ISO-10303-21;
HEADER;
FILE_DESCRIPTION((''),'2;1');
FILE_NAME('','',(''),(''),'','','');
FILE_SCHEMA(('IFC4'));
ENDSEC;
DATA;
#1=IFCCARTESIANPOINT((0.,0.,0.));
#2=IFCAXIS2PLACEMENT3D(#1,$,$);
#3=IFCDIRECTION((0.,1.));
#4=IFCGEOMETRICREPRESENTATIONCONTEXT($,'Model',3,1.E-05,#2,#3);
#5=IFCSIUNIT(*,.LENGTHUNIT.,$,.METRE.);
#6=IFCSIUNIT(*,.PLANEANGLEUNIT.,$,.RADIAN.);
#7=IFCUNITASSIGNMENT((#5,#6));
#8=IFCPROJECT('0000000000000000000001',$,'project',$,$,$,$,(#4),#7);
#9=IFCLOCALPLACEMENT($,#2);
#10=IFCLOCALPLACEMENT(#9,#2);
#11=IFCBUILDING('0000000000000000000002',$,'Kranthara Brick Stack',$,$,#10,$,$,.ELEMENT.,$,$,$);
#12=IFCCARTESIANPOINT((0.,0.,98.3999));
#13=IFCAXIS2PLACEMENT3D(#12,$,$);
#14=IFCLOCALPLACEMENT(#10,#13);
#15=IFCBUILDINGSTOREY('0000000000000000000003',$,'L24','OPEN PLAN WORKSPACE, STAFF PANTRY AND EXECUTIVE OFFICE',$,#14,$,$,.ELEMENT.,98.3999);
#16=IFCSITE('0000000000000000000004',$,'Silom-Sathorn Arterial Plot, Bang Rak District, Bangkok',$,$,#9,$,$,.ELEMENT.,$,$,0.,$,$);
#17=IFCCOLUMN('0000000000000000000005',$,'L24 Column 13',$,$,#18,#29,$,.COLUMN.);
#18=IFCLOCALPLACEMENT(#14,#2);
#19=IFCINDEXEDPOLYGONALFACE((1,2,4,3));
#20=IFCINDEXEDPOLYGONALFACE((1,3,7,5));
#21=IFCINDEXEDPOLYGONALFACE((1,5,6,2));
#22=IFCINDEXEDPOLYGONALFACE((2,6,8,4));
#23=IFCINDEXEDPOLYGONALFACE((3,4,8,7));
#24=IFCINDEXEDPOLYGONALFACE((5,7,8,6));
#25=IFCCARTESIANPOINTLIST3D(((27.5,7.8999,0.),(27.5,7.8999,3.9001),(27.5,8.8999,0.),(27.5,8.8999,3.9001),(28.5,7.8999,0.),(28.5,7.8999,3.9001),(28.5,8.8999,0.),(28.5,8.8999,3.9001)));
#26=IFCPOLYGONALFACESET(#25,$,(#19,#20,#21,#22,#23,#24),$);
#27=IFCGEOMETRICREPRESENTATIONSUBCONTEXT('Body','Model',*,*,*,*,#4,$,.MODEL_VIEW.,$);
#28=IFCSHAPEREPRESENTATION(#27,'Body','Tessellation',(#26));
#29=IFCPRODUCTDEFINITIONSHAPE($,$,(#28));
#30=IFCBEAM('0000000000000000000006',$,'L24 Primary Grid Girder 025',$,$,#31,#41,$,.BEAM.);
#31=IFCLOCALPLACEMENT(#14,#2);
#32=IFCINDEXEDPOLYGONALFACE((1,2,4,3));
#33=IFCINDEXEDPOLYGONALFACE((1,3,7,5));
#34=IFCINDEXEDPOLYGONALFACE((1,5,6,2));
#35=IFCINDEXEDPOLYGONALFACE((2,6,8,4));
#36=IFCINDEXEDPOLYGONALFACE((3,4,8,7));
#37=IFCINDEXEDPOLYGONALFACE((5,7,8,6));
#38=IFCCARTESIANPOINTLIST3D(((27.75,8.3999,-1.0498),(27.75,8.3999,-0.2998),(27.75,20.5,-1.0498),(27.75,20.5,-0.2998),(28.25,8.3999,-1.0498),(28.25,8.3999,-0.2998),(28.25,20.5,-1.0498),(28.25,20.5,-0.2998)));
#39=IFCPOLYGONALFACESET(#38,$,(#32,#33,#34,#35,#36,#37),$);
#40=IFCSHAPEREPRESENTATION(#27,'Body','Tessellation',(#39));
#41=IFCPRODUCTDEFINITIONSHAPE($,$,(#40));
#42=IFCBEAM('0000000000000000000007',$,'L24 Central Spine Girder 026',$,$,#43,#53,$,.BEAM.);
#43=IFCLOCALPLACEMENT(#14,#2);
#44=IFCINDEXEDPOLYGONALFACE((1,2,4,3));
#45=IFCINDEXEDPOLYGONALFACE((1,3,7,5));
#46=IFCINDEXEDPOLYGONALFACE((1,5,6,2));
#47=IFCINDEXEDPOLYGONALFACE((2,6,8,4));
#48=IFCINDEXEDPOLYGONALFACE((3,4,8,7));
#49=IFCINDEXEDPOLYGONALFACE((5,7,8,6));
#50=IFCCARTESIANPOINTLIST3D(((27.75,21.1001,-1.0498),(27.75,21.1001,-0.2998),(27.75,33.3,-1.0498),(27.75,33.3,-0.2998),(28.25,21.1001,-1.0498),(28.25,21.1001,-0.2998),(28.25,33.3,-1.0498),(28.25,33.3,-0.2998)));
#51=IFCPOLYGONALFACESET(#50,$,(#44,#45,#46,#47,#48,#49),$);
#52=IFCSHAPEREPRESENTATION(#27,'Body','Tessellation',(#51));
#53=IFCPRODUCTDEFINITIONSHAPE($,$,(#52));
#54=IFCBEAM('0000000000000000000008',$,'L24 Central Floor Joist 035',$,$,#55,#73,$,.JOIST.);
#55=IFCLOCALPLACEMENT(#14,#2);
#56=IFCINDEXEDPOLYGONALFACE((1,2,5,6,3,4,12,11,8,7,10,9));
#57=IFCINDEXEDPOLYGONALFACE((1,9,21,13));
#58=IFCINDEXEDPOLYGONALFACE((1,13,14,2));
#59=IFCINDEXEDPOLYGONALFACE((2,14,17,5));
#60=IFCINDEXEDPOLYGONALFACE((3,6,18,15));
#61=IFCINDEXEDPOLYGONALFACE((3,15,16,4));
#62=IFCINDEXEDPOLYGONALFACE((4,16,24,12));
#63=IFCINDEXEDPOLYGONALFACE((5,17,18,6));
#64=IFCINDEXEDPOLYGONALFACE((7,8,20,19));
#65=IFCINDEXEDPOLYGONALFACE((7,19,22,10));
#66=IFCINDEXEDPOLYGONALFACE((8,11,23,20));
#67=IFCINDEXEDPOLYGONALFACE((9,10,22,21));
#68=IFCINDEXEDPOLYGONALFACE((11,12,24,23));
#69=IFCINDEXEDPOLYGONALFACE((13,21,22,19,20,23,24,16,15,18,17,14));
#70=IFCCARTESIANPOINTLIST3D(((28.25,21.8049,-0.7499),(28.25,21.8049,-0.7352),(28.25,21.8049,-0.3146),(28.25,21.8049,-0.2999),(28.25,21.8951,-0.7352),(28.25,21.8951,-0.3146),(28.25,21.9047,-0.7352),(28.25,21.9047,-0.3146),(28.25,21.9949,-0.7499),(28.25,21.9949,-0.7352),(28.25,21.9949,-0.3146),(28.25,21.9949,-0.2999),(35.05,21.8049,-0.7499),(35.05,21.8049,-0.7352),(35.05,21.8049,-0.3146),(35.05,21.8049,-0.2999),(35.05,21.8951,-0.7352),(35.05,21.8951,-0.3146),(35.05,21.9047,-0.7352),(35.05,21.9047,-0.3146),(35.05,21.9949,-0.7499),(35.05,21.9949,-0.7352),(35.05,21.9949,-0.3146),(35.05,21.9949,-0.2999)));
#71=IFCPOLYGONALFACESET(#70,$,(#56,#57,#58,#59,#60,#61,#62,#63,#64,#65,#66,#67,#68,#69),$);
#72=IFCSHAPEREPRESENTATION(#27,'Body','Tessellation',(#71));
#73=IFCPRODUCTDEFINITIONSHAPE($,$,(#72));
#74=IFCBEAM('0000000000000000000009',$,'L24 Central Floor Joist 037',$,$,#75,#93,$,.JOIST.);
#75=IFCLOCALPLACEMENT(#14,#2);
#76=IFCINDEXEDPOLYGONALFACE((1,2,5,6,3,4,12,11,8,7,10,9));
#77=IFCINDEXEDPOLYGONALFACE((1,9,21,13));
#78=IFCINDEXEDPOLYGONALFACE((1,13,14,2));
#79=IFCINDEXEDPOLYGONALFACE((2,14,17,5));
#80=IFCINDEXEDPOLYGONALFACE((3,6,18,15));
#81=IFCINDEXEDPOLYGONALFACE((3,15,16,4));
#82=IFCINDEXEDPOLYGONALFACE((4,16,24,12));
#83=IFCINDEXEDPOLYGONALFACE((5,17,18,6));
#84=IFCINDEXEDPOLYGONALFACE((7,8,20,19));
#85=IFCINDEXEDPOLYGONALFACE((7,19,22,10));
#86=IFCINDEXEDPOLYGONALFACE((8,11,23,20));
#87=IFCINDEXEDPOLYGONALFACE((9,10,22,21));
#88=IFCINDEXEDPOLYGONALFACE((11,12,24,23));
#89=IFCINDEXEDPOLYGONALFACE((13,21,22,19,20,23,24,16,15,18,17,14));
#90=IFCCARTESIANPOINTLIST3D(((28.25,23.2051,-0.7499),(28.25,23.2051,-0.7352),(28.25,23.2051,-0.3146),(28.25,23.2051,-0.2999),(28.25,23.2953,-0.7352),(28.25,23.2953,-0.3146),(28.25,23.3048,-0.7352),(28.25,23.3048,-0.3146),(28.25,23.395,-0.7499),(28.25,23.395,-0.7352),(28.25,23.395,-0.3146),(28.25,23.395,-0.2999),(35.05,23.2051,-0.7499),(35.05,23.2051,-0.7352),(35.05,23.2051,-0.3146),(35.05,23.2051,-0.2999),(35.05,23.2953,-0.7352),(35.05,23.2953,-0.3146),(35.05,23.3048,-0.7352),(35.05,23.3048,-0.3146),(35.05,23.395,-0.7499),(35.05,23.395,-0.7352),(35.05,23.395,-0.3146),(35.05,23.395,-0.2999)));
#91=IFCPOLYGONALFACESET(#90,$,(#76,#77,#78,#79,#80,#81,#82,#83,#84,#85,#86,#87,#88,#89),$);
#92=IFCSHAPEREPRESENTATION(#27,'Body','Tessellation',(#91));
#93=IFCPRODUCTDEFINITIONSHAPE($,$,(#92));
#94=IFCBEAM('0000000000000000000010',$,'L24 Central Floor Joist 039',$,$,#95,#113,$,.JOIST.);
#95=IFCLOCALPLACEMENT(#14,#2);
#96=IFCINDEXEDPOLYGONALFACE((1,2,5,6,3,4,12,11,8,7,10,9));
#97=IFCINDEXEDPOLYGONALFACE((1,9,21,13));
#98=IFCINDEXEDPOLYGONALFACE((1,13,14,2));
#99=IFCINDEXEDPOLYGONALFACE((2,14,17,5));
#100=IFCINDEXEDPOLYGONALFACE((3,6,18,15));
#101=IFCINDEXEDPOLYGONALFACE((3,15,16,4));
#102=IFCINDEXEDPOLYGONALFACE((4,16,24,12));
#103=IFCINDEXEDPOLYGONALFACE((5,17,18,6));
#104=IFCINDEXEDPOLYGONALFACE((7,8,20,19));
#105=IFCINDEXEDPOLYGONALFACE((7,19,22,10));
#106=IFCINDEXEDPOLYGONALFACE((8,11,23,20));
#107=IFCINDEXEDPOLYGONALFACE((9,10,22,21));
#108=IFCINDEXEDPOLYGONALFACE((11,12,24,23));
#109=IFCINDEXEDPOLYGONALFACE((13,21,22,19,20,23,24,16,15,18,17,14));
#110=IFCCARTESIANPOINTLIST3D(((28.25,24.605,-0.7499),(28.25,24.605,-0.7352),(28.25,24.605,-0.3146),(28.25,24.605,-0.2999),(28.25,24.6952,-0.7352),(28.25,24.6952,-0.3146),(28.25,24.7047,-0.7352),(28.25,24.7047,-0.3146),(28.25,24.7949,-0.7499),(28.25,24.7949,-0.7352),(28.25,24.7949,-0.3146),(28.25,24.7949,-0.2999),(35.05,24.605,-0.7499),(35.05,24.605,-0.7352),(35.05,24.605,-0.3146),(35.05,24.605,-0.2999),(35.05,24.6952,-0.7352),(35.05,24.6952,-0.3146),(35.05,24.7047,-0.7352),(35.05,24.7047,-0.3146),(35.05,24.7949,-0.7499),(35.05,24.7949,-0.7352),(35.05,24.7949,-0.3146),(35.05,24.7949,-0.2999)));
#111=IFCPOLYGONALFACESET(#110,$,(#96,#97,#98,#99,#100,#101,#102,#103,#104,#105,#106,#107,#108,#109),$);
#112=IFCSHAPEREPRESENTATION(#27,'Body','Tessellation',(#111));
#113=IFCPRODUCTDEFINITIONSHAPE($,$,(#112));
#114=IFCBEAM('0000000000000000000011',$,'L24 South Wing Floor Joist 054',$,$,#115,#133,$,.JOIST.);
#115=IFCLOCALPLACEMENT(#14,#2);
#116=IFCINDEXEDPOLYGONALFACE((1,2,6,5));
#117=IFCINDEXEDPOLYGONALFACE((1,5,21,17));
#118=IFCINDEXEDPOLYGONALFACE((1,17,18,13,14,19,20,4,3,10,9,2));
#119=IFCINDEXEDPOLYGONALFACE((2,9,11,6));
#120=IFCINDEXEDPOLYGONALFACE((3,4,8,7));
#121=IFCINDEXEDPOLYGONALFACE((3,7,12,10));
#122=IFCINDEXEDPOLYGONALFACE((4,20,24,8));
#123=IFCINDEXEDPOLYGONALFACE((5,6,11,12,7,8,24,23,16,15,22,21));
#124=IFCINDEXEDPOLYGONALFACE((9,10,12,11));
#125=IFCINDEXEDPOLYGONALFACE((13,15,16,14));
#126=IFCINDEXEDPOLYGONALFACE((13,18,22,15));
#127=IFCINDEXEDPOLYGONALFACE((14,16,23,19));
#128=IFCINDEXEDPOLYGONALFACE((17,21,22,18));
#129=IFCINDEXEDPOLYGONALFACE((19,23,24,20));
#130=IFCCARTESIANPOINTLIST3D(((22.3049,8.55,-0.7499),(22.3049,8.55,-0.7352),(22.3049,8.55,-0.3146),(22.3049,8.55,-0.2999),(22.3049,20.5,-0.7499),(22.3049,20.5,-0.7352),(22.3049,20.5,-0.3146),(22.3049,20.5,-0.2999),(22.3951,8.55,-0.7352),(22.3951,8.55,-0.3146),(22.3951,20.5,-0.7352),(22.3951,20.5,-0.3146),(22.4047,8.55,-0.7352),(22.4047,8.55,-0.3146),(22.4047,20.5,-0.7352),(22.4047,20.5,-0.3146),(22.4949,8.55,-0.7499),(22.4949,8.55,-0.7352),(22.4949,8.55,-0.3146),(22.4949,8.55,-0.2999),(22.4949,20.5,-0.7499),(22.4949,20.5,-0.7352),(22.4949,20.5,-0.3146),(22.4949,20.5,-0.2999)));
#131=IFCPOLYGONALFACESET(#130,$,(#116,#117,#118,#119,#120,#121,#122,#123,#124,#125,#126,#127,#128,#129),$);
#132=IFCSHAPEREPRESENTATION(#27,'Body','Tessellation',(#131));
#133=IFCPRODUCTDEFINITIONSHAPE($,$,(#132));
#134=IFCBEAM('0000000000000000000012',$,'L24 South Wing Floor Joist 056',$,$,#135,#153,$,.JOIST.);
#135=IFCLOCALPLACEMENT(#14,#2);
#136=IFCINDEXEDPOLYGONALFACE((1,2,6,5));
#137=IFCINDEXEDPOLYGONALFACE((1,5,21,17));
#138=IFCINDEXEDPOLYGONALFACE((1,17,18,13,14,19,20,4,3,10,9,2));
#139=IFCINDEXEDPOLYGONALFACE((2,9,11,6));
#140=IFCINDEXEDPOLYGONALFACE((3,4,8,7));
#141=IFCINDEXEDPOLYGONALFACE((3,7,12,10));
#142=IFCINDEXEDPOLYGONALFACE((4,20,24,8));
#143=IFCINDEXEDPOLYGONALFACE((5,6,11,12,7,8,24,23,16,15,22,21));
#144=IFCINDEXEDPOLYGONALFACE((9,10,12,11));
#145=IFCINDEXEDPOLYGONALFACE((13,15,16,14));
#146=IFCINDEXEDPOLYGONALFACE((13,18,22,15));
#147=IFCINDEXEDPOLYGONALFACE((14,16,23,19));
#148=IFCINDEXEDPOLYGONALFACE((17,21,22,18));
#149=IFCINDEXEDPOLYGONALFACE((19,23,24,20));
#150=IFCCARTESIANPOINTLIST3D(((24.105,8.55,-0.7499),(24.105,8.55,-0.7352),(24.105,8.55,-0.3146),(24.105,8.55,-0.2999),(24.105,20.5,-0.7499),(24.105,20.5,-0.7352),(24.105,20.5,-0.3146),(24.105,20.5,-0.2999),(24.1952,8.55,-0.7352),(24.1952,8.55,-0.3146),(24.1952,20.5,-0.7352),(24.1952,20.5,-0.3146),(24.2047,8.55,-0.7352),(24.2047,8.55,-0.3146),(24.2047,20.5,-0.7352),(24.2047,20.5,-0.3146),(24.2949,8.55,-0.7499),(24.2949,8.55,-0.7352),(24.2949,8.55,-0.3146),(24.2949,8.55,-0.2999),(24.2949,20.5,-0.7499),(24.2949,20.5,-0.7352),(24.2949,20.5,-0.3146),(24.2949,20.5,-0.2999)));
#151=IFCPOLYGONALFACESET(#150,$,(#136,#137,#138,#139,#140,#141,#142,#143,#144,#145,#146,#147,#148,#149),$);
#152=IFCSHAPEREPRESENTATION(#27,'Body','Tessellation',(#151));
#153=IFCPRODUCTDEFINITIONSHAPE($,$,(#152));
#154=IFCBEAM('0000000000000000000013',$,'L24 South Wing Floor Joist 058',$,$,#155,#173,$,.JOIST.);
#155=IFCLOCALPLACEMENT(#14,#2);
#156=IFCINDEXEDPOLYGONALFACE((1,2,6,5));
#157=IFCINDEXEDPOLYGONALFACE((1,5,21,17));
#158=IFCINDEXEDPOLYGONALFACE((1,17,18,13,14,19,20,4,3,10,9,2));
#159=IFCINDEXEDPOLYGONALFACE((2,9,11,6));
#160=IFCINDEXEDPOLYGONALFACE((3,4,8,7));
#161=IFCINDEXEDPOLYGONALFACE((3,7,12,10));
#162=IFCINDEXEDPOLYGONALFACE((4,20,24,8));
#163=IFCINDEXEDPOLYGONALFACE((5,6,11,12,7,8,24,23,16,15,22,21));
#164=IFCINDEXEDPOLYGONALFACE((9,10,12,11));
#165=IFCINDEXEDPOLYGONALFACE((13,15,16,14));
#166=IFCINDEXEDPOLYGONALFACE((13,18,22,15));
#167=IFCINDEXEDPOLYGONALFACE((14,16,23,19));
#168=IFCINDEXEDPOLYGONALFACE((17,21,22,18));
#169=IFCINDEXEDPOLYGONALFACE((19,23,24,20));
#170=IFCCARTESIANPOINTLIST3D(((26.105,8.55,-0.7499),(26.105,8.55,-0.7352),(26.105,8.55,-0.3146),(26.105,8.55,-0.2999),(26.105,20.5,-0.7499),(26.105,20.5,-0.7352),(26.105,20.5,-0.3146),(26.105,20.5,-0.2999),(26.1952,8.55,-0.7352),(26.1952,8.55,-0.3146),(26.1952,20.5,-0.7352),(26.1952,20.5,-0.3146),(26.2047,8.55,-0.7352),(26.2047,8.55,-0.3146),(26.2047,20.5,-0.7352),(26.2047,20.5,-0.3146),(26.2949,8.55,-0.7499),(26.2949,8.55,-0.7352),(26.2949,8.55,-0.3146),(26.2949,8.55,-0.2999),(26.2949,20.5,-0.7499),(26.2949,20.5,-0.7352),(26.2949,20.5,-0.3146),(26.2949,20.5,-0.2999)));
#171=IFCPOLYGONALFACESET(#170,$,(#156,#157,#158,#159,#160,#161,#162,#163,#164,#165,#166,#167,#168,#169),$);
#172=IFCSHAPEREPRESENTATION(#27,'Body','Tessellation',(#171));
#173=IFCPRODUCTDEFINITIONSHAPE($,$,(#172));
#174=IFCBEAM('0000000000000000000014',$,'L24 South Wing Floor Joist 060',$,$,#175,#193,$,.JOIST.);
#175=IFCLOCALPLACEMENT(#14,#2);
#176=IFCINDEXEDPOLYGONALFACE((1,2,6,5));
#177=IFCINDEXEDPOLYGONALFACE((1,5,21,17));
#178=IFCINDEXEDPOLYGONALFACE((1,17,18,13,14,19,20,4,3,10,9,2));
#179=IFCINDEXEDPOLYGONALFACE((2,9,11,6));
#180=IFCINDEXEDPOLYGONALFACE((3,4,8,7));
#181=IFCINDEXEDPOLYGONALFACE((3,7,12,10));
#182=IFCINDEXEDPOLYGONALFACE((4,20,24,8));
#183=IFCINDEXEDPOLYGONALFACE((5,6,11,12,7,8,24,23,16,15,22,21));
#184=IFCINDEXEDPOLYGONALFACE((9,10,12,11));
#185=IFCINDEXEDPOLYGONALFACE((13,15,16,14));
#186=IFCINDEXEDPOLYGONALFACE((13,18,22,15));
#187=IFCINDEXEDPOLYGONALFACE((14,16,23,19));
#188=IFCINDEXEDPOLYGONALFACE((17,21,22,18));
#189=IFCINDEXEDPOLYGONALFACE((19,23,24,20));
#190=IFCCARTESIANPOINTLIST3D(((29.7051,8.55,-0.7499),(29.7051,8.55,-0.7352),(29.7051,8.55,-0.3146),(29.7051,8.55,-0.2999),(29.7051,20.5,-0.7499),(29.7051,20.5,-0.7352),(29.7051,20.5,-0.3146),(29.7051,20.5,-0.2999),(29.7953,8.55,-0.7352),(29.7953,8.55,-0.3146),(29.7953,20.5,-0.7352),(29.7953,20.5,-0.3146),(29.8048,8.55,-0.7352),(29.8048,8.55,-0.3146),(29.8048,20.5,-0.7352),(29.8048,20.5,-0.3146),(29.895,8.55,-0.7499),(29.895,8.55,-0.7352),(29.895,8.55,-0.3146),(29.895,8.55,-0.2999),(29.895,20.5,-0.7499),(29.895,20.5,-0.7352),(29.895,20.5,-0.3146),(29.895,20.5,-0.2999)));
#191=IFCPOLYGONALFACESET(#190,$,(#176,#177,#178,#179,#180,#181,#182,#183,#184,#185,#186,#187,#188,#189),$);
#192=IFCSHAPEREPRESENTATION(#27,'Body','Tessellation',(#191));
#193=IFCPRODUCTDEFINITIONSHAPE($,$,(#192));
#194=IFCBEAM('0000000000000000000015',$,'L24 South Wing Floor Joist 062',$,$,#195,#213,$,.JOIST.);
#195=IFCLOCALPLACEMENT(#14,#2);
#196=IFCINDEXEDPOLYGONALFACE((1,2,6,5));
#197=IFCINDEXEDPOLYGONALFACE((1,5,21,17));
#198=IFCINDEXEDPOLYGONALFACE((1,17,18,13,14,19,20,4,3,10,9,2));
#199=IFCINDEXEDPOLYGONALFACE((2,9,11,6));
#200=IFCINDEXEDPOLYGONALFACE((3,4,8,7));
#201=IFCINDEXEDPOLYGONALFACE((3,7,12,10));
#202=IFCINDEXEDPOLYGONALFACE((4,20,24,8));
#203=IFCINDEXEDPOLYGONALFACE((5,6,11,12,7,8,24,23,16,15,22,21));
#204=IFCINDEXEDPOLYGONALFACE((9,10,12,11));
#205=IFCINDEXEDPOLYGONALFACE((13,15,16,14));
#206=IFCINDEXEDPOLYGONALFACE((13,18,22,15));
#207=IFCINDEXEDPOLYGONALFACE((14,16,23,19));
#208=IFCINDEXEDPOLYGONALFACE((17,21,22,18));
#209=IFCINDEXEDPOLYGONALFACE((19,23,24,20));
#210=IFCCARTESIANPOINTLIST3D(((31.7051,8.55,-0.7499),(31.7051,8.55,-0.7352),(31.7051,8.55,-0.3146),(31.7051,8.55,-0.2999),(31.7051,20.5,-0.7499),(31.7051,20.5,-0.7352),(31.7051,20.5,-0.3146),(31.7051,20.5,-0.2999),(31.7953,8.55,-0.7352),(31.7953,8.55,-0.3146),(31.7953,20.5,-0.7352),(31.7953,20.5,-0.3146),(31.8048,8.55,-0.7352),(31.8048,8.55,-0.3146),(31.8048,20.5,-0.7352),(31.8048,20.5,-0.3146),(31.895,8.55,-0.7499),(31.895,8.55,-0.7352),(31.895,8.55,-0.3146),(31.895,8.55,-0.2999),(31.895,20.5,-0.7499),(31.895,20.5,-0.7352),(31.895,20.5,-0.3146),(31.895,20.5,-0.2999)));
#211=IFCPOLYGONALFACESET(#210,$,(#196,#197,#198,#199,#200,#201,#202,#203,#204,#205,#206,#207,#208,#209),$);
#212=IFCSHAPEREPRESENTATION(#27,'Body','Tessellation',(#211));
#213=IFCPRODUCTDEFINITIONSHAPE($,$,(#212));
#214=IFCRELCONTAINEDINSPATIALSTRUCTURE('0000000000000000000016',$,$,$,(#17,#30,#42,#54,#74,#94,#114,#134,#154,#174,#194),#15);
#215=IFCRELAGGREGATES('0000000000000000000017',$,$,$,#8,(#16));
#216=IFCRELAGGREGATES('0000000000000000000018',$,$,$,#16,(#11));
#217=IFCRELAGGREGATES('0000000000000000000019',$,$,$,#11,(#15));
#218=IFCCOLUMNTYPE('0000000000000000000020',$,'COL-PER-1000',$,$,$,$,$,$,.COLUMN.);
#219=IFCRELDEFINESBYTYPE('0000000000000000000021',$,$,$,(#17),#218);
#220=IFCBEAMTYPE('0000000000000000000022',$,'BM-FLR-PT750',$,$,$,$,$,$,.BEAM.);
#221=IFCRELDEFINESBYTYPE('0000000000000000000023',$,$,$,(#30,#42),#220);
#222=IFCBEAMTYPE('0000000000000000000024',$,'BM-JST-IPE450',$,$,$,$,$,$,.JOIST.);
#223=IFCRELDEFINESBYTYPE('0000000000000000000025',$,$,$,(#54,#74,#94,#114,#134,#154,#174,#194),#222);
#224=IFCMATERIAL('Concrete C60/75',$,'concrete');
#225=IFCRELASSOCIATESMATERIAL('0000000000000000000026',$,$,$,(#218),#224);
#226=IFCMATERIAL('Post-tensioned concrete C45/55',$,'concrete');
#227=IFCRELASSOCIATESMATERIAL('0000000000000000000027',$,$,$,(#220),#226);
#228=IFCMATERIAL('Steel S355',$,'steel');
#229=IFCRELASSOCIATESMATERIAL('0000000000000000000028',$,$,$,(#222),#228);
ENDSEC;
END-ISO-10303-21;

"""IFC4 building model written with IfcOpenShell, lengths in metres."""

from ifc_helpers import new_model, si_unit, direction, frame, origin, origin_2d, place, context, subcontext, project, spatial, rectangle, i_section, extrude, material, material_profile, profile_set, type_object, element, save


model = new_model("IFC4")

# Units and contexts
model_context = context("Model", 3, precision=1e-05, world=origin(), true_north=direction((0.0, 1.0)))
body_context = subcontext(model_context, "Body", "Model", "MODEL_VIEW")
ifc_project = project(units=[si_unit("LENGTHUNIT", "METRE"), si_unit("PLANEANGLEUNIT", "RADIAN")], contexts=[model_context])

# Site, building, storey
site_placement = place(None, origin())
site = spatial("IfcSite", under=ifc_project, at=site_placement, Name="Silom-Sathorn Arterial Plot, Bang Rak District, Bangkok", CompositionType="ELEMENT", RefElevation=0.0)
building_placement = place(site_placement, origin())
building = spatial("IfcBuilding", under=site, at=building_placement, Name="Kranthara Brick Stack", CompositionType="ELEMENT")
storey_placement = place(building_placement, frame((0.0, 0.0, 98.3999)))
storey = spatial("IfcBuildingStorey", under=building, at=storey_placement, Name="L24", Description="OPEN PLAN WORKSPACE, STAFF PANTRY AND EXECUTIVE OFFICE", CompositionType="ELEMENT", Elevation=98.3999)

# Column
ifc_material_1 = material(Name="Concrete C60/75", Category="concrete")
ifc_material_profile_1 = material_profile(ifc_material_1, rectangle(XDim=1.0, YDim=1.0, at=origin_2d()), Name="RC 1000x1000")
ifc_profile_set_1 = profile_set([ifc_material_profile_1], Name="Concrete C60/75")
column_type = type_object("IfcColumnType", Name="COL-PER-1000", PredefinedType="COLUMN", material=ifc_profile_set_1)
column_placement = place(storey_placement, frame((28.0, 8.3999, 0.0), z_axis=(0.0, 0.0, 1.0), x_axis=(1.0, 0.0, 0.0)))
element("IfcColumn", 1, at=column_placement, inside=storey, type_object=column_type, Name="L24 Column 13", PredefinedType="COLUMN", context=body_context, shape_type="SweptSolid", body=[
    extrude(rectangle(XDim=1.0, YDim=1.0, at=origin_2d()), origin(), (0.0, 0.0, 1.0), 3.9001),
])

# Beams
ifc_material_2 = material(Name="Post-tensioned concrete C45/55", Category="concrete")
ifc_material_profile_2 = material_profile(ifc_material_2, rectangle(XDim=0.5, YDim=0.75, at=origin_2d()), Name="PT 500x750")
ifc_profile_set_2 = profile_set([ifc_material_profile_2], Name="Post-tensioned concrete C45/55")
beam_type_1 = type_object("IfcBeamType", Name="BM-FLR-PT750", PredefinedType="BEAM", material=ifc_profile_set_2)
beam_1_placement = place(storey_placement, frame((28.0, 8.3999, -0.6748), z_axis=(0.0, 1.0, 0.0), x_axis=(-1.0, 0.0, 0.0)))
element("IfcBeam", 2, at=beam_1_placement, inside=storey, type_object=beam_type_1, Name="L24 Primary Grid Girder 025", PredefinedType="BEAM", context=body_context, shape_type="SweptSolid", body=[
    extrude(rectangle(XDim=0.5, YDim=0.75, at=origin_2d()), origin(), (0.0, 0.0, 1.0), 12.1001),
])
beam_2_placement = place(storey_placement, frame((28.0, 21.1001, -0.6748), z_axis=(0.0, 1.0, 0.0), x_axis=(-1.0, 0.0, 0.0)))
element("IfcBeam", 3, at=beam_2_placement, inside=storey, type_object=beam_type_1, Name="L24 Central Spine Girder 026", PredefinedType="BEAM", context=body_context, shape_type="SweptSolid", body=[
    extrude(rectangle(XDim=0.5, YDim=0.75, at=origin_2d()), origin(), (0.0, 0.0, 1.0), 12.2),
])
ifc_material_3 = material(Name="Steel S355", Category="steel")
ifc_material_profile_3 = material_profile(ifc_material_3, i_section(OverallWidth=0.1899, OverallDepth=0.45, WebThickness=0.0095, FlangeThickness=0.0146, at=origin_2d()), Name="IPE 450")
ifc_profile_set_3 = profile_set([ifc_material_profile_3], Name="Steel S355")
beam_type_2 = type_object("IfcBeamType", Name="BM-JST-IPE450", PredefinedType="JOIST", material=ifc_profile_set_3)
for number, where, z_axis, x_axis, name in (
    (4, (28.25, 21.8999, -0.5249), (1.0, 0.0, 0.0), (0.0, 1.0, 0.0), "L24 Central Floor Joist 035"),
    (5, (28.25, 23.3, -0.5249), (1.0, 0.0, 0.0), (0.0, 1.0, 0.0), "L24 Central Floor Joist 037"),
    (6, (28.25, 24.7, -0.5249), (1.0, 0.0, 0.0), (0.0, 1.0, 0.0), "L24 Central Floor Joist 039"),
):
    element("IfcBeam", number, at=place(storey_placement, frame(where, z_axis=z_axis, x_axis=x_axis)), inside=storey, type_object=beam_type_2, Name=name, PredefinedType="JOIST", context=body_context, shape_type="SweptSolid", body=[
        extrude(i_section(OverallWidth=0.1899, OverallDepth=0.45, WebThickness=0.0095, FlangeThickness=0.0146, at=origin_2d()), origin(), (0.0, 0.0, 1.0), 6.8),
    ])
for number, where, z_axis, x_axis, name in (
    (7, (22.3999, 8.55, -0.5249), (0.0, 1.0, 0.0), (-1.0, 0.0, 0.0), "L24 South Wing Floor Joist 054"),
    (8, (24.2, 8.55, -0.5249), (0.0, 1.0, 0.0), (-1.0, 0.0, 0.0), "L24 South Wing Floor Joist 056"),
    (9, (26.2, 8.55, -0.5249), (0.0, 1.0, 0.0), (-1.0, 0.0, 0.0), "L24 South Wing Floor Joist 058"),
    (10, (29.8, 8.55, -0.5249), (0.0, 1.0, 0.0), (-1.0, 0.0, 0.0), "L24 South Wing Floor Joist 060"),
    (11, (31.8, 8.55, -0.5249), (0.0, 1.0, 0.0), (-1.0, 0.0, 0.0), "L24 South Wing Floor Joist 062"),
):
    element("IfcBeam", number, at=place(storey_placement, frame(where, z_axis=z_axis, x_axis=x_axis)), inside=storey, type_object=beam_type_2, Name=name, PredefinedType="JOIST", context=body_context, shape_type="SweptSolid", body=[
        extrude(i_section(OverallWidth=0.1899, OverallDepth=0.45, WebThickness=0.0095, FlangeThickness=0.0146, at=origin_2d()), origin(), (0.0, 0.0, 1.0), 11.95),
    ])

save(model, "model.ifc")
